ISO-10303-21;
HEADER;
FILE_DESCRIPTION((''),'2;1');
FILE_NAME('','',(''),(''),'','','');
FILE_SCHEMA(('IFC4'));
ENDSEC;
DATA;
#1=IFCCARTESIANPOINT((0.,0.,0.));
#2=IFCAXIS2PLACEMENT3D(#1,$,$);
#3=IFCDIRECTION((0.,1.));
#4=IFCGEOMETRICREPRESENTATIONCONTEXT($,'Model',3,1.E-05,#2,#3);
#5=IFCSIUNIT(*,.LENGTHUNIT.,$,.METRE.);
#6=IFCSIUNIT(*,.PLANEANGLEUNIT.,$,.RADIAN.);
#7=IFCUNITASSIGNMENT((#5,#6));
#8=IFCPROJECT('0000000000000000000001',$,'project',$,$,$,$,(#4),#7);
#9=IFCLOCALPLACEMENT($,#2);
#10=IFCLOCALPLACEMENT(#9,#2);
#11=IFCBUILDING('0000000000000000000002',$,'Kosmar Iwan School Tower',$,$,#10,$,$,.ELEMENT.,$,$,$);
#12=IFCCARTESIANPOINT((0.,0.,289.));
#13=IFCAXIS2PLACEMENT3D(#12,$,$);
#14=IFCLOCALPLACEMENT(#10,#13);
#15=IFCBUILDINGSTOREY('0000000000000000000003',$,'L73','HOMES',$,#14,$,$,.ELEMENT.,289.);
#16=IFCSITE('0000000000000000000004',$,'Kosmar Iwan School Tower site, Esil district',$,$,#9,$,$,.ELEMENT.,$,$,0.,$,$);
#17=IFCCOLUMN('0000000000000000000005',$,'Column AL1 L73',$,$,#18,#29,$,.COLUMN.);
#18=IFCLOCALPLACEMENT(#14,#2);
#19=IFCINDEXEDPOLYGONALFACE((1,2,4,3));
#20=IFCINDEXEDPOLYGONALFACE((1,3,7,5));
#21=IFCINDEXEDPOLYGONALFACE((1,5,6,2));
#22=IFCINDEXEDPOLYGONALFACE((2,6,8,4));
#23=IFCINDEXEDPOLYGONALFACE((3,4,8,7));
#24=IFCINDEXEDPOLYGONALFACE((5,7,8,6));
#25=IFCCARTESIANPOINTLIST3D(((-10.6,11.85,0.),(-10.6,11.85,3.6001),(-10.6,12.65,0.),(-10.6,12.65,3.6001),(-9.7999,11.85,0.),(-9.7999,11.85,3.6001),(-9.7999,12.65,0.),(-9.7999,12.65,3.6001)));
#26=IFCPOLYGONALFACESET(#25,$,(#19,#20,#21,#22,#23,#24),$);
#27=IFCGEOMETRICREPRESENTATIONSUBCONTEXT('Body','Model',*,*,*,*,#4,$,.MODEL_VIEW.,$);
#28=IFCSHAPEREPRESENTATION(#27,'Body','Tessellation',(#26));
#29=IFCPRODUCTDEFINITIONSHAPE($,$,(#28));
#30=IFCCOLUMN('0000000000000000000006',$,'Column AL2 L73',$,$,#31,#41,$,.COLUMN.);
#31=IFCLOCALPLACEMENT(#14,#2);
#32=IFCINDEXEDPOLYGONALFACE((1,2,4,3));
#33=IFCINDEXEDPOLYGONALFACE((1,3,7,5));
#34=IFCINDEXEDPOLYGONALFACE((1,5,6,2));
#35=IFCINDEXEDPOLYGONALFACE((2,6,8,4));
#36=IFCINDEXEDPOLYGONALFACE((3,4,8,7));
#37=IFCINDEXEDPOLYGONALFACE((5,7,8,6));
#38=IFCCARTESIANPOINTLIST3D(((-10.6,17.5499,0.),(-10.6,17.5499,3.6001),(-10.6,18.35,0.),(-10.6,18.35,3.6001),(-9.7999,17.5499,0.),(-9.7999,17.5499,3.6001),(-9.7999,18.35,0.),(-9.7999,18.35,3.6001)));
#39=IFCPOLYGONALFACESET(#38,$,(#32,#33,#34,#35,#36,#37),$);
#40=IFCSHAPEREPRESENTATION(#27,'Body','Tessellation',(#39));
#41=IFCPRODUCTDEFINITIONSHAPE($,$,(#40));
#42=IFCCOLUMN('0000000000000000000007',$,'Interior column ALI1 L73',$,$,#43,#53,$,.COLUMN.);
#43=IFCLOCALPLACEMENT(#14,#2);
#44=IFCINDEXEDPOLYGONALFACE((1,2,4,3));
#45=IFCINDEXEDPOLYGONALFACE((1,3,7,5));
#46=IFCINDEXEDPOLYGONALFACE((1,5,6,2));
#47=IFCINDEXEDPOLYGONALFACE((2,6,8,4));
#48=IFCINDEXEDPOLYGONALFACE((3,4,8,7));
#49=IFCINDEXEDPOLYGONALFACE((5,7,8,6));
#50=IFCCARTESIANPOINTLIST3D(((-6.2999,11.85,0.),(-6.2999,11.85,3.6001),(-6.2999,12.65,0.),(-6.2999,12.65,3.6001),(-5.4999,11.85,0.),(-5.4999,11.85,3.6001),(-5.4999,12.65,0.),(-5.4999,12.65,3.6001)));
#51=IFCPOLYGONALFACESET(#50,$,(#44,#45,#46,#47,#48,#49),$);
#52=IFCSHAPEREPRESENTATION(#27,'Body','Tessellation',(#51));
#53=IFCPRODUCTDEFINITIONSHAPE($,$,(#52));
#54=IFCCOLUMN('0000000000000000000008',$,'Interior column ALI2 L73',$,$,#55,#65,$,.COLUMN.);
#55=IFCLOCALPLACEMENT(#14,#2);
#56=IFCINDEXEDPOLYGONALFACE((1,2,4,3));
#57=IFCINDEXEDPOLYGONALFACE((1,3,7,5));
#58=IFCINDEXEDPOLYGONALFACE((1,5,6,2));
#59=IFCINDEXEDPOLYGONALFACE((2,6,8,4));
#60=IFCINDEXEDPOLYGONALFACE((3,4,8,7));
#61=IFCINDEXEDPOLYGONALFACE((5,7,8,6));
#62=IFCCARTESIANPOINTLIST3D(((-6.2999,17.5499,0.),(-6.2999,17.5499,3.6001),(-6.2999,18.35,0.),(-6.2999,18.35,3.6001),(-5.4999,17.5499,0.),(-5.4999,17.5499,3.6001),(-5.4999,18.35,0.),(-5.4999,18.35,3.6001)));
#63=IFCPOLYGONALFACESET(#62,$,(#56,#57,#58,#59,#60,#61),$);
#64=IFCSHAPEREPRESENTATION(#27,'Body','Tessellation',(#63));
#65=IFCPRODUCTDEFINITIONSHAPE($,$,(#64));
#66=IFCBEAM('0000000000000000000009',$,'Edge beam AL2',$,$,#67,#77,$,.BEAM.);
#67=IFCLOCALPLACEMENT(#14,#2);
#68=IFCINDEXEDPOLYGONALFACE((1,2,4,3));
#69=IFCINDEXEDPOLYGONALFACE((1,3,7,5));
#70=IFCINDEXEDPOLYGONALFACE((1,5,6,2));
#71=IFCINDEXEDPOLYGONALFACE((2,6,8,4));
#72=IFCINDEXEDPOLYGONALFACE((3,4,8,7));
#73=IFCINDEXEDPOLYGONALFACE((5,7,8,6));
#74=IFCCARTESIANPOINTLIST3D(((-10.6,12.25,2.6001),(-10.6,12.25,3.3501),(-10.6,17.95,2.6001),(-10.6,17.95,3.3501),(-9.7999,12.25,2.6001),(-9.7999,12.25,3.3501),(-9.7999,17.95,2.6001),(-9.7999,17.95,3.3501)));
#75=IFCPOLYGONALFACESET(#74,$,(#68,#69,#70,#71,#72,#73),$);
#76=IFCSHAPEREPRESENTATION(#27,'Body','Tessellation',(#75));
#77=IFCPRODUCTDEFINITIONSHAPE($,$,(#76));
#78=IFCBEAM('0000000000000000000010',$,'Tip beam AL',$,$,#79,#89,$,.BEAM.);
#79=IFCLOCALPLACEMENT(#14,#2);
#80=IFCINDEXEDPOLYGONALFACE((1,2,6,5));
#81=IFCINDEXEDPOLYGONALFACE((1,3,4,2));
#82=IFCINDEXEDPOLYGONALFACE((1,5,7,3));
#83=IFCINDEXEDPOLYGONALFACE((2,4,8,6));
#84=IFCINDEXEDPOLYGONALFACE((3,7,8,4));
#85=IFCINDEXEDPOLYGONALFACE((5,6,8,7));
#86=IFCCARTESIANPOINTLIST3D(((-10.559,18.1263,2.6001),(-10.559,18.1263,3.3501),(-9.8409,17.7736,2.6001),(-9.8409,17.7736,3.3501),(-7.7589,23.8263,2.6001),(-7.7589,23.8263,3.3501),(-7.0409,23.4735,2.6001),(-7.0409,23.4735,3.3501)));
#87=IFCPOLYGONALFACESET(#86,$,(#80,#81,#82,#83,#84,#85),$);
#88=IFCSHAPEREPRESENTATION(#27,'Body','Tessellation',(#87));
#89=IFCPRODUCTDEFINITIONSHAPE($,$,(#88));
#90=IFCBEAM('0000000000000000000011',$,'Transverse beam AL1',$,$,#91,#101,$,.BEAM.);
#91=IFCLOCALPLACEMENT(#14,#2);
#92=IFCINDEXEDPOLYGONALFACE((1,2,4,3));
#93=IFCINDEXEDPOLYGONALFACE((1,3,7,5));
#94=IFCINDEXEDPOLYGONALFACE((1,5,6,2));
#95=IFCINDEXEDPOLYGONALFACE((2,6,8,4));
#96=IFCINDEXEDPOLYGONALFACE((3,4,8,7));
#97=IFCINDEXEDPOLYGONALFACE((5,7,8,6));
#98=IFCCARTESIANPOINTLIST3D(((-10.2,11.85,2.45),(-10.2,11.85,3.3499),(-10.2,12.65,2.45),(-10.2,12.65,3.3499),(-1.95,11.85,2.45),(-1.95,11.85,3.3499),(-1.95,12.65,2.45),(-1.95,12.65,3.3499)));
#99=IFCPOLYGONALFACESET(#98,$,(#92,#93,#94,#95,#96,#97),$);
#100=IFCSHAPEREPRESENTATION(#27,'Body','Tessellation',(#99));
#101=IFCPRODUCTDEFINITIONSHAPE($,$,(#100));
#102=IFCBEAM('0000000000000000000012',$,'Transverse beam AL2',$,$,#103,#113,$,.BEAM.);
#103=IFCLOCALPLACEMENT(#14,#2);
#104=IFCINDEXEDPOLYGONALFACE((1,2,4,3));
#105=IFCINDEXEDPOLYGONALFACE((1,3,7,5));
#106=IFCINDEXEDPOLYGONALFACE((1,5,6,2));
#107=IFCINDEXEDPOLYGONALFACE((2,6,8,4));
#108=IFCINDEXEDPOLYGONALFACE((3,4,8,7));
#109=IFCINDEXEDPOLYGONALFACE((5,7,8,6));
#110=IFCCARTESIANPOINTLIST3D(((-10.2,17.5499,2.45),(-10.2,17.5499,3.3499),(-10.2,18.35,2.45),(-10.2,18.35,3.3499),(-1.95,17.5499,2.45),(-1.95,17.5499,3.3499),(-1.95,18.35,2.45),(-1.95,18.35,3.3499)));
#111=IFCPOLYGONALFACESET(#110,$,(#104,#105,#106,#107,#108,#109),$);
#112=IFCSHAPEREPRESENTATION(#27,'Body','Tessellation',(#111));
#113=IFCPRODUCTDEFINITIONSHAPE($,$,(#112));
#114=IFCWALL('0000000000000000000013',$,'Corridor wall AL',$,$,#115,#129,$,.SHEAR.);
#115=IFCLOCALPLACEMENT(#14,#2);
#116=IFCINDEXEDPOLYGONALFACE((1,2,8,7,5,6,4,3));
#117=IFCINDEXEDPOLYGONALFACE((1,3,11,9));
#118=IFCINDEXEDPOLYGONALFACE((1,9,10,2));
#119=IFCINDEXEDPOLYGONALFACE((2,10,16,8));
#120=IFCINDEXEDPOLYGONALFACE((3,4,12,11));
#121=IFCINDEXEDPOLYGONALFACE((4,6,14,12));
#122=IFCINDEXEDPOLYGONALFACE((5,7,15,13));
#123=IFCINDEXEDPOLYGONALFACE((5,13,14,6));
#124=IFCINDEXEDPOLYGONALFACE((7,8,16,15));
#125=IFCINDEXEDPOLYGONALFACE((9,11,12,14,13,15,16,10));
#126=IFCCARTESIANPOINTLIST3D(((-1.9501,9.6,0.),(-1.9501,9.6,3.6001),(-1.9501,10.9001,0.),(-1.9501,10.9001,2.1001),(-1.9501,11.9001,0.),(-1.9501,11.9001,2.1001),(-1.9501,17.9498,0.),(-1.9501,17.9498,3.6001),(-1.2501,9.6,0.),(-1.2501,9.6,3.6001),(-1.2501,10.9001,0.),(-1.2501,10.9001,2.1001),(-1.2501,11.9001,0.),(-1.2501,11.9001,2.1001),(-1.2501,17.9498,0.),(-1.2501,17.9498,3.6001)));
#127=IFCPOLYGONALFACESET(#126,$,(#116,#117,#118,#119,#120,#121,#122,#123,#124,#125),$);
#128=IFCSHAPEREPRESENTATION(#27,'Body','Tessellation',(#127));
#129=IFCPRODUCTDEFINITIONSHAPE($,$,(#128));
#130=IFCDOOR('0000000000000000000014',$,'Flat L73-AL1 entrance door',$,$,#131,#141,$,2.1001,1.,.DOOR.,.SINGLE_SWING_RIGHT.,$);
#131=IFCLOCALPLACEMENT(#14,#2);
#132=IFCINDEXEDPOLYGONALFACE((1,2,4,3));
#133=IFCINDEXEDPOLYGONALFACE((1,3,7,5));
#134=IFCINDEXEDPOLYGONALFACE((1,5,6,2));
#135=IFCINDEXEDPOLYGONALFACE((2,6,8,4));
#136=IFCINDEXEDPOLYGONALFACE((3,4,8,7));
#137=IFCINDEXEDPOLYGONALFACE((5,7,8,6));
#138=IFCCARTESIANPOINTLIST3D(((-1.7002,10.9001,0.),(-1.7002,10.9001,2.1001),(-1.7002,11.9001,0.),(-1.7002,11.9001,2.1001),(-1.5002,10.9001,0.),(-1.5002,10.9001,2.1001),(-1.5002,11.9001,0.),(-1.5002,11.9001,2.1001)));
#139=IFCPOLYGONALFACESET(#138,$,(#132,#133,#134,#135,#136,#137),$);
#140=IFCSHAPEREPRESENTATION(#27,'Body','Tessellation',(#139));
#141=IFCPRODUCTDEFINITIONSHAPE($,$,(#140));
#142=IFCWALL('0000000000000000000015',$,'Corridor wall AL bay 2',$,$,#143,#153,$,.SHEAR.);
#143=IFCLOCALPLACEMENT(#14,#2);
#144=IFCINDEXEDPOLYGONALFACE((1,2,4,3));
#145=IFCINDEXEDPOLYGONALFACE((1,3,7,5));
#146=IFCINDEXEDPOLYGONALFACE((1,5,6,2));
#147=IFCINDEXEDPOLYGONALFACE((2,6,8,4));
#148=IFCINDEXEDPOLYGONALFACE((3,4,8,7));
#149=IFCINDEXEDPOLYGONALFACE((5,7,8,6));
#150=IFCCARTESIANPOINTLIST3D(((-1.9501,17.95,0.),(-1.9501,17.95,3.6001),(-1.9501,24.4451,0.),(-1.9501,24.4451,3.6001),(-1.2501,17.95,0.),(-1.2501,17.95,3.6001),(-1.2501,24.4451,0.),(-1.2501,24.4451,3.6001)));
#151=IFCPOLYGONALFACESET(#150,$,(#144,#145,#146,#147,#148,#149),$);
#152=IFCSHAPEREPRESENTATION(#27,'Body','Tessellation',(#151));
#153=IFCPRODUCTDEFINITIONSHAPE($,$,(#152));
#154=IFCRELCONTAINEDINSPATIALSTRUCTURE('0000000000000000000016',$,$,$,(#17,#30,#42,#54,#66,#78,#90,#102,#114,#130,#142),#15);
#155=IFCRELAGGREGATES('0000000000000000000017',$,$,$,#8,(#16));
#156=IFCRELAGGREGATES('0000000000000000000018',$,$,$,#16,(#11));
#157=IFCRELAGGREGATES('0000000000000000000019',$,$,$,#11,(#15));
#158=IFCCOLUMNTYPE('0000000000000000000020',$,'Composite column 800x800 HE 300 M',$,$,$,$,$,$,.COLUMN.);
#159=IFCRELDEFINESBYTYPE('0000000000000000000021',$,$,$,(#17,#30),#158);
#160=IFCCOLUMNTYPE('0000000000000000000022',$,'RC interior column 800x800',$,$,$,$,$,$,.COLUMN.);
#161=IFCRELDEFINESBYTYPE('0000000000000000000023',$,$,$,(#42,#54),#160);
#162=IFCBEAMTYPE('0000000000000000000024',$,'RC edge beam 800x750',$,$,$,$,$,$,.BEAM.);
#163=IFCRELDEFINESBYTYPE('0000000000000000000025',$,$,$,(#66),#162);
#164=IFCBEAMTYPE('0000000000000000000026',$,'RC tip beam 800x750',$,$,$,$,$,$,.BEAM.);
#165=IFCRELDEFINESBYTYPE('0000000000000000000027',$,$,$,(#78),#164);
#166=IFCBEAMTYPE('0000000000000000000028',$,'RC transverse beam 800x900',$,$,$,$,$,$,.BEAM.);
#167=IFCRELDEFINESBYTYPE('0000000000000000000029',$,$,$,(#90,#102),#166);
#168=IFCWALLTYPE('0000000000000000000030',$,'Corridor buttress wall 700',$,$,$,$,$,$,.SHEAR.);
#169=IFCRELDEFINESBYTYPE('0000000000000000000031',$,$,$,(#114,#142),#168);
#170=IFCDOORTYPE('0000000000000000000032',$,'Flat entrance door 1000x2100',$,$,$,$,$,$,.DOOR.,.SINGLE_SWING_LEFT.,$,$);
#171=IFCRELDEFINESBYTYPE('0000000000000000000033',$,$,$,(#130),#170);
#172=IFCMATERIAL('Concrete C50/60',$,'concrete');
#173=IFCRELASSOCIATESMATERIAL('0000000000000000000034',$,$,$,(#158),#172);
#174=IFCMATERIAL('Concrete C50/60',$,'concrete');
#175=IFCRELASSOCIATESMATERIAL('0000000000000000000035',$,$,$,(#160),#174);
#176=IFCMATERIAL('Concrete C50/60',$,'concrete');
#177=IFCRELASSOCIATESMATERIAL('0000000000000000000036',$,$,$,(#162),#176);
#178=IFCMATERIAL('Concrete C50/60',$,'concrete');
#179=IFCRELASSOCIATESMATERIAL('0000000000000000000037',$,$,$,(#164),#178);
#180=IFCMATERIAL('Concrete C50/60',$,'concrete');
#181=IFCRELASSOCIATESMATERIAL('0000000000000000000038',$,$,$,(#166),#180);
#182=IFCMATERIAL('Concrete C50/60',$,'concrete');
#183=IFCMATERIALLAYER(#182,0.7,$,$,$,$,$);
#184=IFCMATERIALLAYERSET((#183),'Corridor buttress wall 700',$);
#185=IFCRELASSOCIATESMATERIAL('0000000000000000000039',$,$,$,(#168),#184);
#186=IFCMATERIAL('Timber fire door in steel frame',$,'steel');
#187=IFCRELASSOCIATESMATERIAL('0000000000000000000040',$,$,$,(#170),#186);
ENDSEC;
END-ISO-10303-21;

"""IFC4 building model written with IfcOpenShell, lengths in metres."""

from ifc_helpers import new_model, si_unit, direction, frame, frame_2d, origin, origin_2d, place, context, subcontext, project, spatial, rectangle, extrude, material, layer, layer_set, material_profile, profile_set, type_object, element, fill, save


model = new_model("IFC4")

# Units and contexts
model_context = context("Model", 3, precision=1e-05, world=origin(), true_north=direction((0.0, 1.0)))
body_context = subcontext(model_context, "Body", "Model", "MODEL_VIEW")
ifc_project = project(units=[si_unit("LENGTHUNIT", "METRE"), si_unit("PLANEANGLEUNIT", "RADIAN")], contexts=[model_context])

# Site, building, storey
site_placement = place(None, origin())
site = spatial("IfcSite", under=ifc_project, at=site_placement, Name="Kosmar Iwan School Tower site, Esil district", CompositionType="ELEMENT", RefElevation=0.0)
building_placement = place(site_placement, origin())
building = spatial("IfcBuilding", under=site, at=building_placement, Name="Kosmar Iwan School Tower", CompositionType="ELEMENT")
storey_placement = place(building_placement, frame((0.0, 0.0, 289.0)))
storey = spatial("IfcBuildingStorey", under=building, at=storey_placement, Name="L73", Description="HOMES", CompositionType="ELEMENT", Elevation=289.0)

# Columns
ifc_material_1 = material(Name="Concrete C50/60", Category="concrete")
ifc_material_profile_1 = material_profile(ifc_material_1, rectangle(XDim=0.8, YDim=0.8, at=origin_2d()), Name="RC 800x800 + HE 300 M")
ifc_profile_set_1 = profile_set([ifc_material_profile_1], Name="Concrete C50/60")
column_type_1 = type_object("IfcColumnType", Name="Composite column 800x800 HE 300 M", PredefinedType="COLUMN", material=ifc_profile_set_1)
for number, where, z_axis, x_axis, name in (
    (1, (-10.2, 12.25, 0.0), (0.0, 0.0, 1.0), (0.0, 1.0, 0.0), "Column AL1 L73"),
    (2, (-10.2, 17.95, 0.0), (0.0, 0.0, 1.0), (0.0, 1.0, 0.0), "Column AL2 L73"),
):
    element("IfcColumn", number, at=place(storey_placement, frame(where, z_axis=z_axis, x_axis=x_axis)), inside=storey, type_object=column_type_1, Name=name, PredefinedType="COLUMN", context=body_context, shape_type="SweptSolid", body=[
        extrude(rectangle(XDim=0.8, YDim=0.8, at=origin_2d()), origin(), (0.0, 0.0, 1.0), 3.6001),
    ])
ifc_material_2 = material(Name="Concrete C50/60", Category="concrete")
ifc_material_profile_2 = material_profile(ifc_material_2, rectangle(XDim=0.8, YDim=0.8, at=origin_2d()), Name="RC 800x800")
ifc_profile_set_2 = profile_set([ifc_material_profile_2], Name="Concrete C50/60")
column_type_2 = type_object("IfcColumnType", Name="RC interior column 800x800", PredefinedType="COLUMN", material=ifc_profile_set_2)
for number, where, z_axis, x_axis, name in (
    (3, (-5.8999, 12.25, 0.0), (0.0, 0.0, 1.0), (0.0, 1.0, 0.0), "Interior column ALI1 L73"),
    (4, (-5.8999, 17.95, 0.0), (0.0, 0.0, 1.0), (0.0, 1.0, 0.0), "Interior column ALI2 L73"),
):
    element("IfcColumn", number, at=place(storey_placement, frame(where, z_axis=z_axis, x_axis=x_axis)), inside=storey, type_object=column_type_2, Name=name, PredefinedType="COLUMN", context=body_context, shape_type="SweptSolid", body=[
        extrude(rectangle(XDim=0.8, YDim=0.8, at=origin_2d()), origin(), (0.0, 0.0, 1.0), 3.6001),
    ])

# Beams
ifc_material_3 = material(Name="Concrete C50/60", Category="concrete")
ifc_material_profile_3 = material_profile(ifc_material_3, rectangle(XDim=0.8, YDim=0.75, at=origin_2d()), Name="RC 800x750")
ifc_profile_set_3 = profile_set([ifc_material_profile_3], Name="Concrete C50/60")
beam_type_1 = type_object("IfcBeamType", Name="RC edge beam 800x750", PredefinedType="BEAM", material=ifc_profile_set_3)
beam_1_placement = place(storey_placement, frame((-10.2, 12.25, 2.9751), z_axis=(0.0, 1.0, 0.0), x_axis=(-1.0, 0.0, 0.0)))
element("IfcBeam", 5, at=beam_1_placement, inside=storey, type_object=beam_type_1, Name="Edge beam AL2", PredefinedType="BEAM", context=body_context, shape_type="SweptSolid", body=[
    extrude(rectangle(XDim=0.8, YDim=0.75, at=origin_2d()), origin(), (0.0, 0.0, 1.0), 5.7),
])
ifc_material_4 = material(Name="Concrete C50/60", Category="concrete")
ifc_material_profile_4 = material_profile(ifc_material_4, rectangle(XDim=0.8, YDim=0.75, at=origin_2d()), Name="RC 800x750")
ifc_profile_set_4 = profile_set([ifc_material_profile_4], Name="Concrete C50/60")
beam_type_2 = type_object("IfcBeamType", Name="RC tip beam 800x750", PredefinedType="BEAM", material=ifc_profile_set_4)
beam_2_placement = place(storey_placement, frame((-10.2, 17.95, 2.9751), z_axis=(0.440913, 0.89755, 0.0), x_axis=(-0.89755, 0.440913, 0.0)))
element("IfcBeam", 6, at=beam_2_placement, inside=storey, type_object=beam_type_2, Name="Tip beam AL", PredefinedType="BEAM", context=body_context, shape_type="SweptSolid", body=[
    extrude(rectangle(XDim=0.8, YDim=0.75, at=origin_2d()), origin(), (0.0, 0.0, 1.0), 6.3506),
])
ifc_material_5 = material(Name="Concrete C50/60", Category="concrete")
ifc_material_profile_5 = material_profile(ifc_material_5, rectangle(XDim=0.8, YDim=0.8999, at=origin_2d()), Name="RC 800x900")
ifc_profile_set_5 = profile_set([ifc_material_profile_5], Name="Concrete C50/60")
beam_type_3 = type_object("IfcBeamType", Name="RC transverse beam 800x900", PredefinedType="BEAM", material=ifc_profile_set_5)
for number, where, z_axis, x_axis, name in (
    (7, (-10.2, 12.25, 2.8999), (1.0, 0.0, 0.0), (0.0, 1.0, 0.0), "Transverse beam AL1"),
    (8, (-10.2, 17.95, 2.8999), (1.0, 0.0, 0.0), (0.0, 1.0, 0.0), "Transverse beam AL2"),
):
    element("IfcBeam", number, at=place(storey_placement, frame(where, z_axis=z_axis, x_axis=x_axis)), inside=storey, type_object=beam_type_3, Name=name, PredefinedType="BEAM", context=body_context, shape_type="SweptSolid", body=[
        extrude(rectangle(XDim=0.8, YDim=0.8999, at=origin_2d()), origin(), (0.0, 0.0, 1.0), 8.25),
    ])

# Wall, opening, door
ifc_material_6 = material(Name="Concrete C50/60", Category="concrete")
ifc_layer_1 = layer(ifc_material_6, 0.7)
ifc_layer_set_1 = layer_set([ifc_layer_1], Name="Corridor buttress wall 700")
wall_type_1 = type_object("IfcWallType", Name="Corridor buttress wall 700", PredefinedType="SHEAR", material=ifc_layer_set_1)
wall_1_placement = place(storey_placement, frame((-1.6001, 9.6001, 0.0), z_axis=(0.0, 0.0, 1.0), x_axis=(0.0, 1.0, 0.0)))
wall_1 = element("IfcWall", 9, at=wall_1_placement, inside=storey, type_object=wall_type_1, Name="Corridor wall AL", PredefinedType="SHEAR", context=body_context, shape_type="SweptSolid", body=[
    extrude(rectangle(XDim=8.3499, YDim=0.7, at=frame_2d((4.1748, 0.0))), origin(), (0.0, 0.0, 1.0), 3.6001),
])
opening_1_placement = place(wall_1_placement, frame((1.3, 0.0, 0.0)))
opening_1 = element("IfcOpeningElement", 10, at=opening_1_placement, cuts=wall_1, PredefinedType="OPENING", context=body_context, shape_type="SweptSolid", body=[
    extrude(rectangle(XDim=1.0, YDim=2.1001, at=frame_2d((0.5, 1.05))), frame((0.0, 0.3621, 0.0), z_axis=(0.0, -1.0, 0.0), x_axis=(1.0, 0.0, 0.0)), (0.0, 0.0, 1.0), 0.7239),
])
ifc_material_7 = material(Name="Timber fire door in steel frame", Category="steel")
door_type_1 = type_object("IfcDoorType", Name="Flat entrance door 1000x2100", OperationType="SINGLE_SWING_LEFT", PredefinedType="DOOR", material=ifc_material_7)
door_1_placement = place(opening_1_placement, origin())
door_1 = element("IfcDoor", 11, at=door_1_placement, inside=storey, type_object=door_type_1, Name="Flat L73-AL1 entrance door", OperationType="SINGLE_SWING_RIGHT", OverallHeight=2.1001, OverallWidth=1.0, PredefinedType="DOOR", context=body_context, shape_type="SweptSolid", body=[
    extrude(rectangle(XDim=1.0, YDim=2.1001, at=frame_2d((0.5, 1.05))), frame((0.0, 0.1001, 0.0), z_axis=(0.0, -1.0, 0.0), x_axis=(1.0, 0.0, 0.0)), (0.0, 0.0, 1.0), 0.2),
])
fill(opening_1, door_1)

# Wall
wall_2_placement = place(storey_placement, frame((-1.6001, 17.95, 0.0), z_axis=(0.0, 0.0, 1.0), x_axis=(0.0, 1.0, 0.0)))
element("IfcWall", 12, at=wall_2_placement, inside=storey, type_object=wall_type_1, Name="Corridor wall AL bay 2", PredefinedType="SHEAR", context=body_context, shape_type="SweptSolid", body=[
    extrude(rectangle(XDim=6.4951, YDim=0.7, at=frame_2d((3.2476, 0.0))), origin(), (0.0, 0.0, 1.0), 3.6001),
])

save(model, "model.ifc")
